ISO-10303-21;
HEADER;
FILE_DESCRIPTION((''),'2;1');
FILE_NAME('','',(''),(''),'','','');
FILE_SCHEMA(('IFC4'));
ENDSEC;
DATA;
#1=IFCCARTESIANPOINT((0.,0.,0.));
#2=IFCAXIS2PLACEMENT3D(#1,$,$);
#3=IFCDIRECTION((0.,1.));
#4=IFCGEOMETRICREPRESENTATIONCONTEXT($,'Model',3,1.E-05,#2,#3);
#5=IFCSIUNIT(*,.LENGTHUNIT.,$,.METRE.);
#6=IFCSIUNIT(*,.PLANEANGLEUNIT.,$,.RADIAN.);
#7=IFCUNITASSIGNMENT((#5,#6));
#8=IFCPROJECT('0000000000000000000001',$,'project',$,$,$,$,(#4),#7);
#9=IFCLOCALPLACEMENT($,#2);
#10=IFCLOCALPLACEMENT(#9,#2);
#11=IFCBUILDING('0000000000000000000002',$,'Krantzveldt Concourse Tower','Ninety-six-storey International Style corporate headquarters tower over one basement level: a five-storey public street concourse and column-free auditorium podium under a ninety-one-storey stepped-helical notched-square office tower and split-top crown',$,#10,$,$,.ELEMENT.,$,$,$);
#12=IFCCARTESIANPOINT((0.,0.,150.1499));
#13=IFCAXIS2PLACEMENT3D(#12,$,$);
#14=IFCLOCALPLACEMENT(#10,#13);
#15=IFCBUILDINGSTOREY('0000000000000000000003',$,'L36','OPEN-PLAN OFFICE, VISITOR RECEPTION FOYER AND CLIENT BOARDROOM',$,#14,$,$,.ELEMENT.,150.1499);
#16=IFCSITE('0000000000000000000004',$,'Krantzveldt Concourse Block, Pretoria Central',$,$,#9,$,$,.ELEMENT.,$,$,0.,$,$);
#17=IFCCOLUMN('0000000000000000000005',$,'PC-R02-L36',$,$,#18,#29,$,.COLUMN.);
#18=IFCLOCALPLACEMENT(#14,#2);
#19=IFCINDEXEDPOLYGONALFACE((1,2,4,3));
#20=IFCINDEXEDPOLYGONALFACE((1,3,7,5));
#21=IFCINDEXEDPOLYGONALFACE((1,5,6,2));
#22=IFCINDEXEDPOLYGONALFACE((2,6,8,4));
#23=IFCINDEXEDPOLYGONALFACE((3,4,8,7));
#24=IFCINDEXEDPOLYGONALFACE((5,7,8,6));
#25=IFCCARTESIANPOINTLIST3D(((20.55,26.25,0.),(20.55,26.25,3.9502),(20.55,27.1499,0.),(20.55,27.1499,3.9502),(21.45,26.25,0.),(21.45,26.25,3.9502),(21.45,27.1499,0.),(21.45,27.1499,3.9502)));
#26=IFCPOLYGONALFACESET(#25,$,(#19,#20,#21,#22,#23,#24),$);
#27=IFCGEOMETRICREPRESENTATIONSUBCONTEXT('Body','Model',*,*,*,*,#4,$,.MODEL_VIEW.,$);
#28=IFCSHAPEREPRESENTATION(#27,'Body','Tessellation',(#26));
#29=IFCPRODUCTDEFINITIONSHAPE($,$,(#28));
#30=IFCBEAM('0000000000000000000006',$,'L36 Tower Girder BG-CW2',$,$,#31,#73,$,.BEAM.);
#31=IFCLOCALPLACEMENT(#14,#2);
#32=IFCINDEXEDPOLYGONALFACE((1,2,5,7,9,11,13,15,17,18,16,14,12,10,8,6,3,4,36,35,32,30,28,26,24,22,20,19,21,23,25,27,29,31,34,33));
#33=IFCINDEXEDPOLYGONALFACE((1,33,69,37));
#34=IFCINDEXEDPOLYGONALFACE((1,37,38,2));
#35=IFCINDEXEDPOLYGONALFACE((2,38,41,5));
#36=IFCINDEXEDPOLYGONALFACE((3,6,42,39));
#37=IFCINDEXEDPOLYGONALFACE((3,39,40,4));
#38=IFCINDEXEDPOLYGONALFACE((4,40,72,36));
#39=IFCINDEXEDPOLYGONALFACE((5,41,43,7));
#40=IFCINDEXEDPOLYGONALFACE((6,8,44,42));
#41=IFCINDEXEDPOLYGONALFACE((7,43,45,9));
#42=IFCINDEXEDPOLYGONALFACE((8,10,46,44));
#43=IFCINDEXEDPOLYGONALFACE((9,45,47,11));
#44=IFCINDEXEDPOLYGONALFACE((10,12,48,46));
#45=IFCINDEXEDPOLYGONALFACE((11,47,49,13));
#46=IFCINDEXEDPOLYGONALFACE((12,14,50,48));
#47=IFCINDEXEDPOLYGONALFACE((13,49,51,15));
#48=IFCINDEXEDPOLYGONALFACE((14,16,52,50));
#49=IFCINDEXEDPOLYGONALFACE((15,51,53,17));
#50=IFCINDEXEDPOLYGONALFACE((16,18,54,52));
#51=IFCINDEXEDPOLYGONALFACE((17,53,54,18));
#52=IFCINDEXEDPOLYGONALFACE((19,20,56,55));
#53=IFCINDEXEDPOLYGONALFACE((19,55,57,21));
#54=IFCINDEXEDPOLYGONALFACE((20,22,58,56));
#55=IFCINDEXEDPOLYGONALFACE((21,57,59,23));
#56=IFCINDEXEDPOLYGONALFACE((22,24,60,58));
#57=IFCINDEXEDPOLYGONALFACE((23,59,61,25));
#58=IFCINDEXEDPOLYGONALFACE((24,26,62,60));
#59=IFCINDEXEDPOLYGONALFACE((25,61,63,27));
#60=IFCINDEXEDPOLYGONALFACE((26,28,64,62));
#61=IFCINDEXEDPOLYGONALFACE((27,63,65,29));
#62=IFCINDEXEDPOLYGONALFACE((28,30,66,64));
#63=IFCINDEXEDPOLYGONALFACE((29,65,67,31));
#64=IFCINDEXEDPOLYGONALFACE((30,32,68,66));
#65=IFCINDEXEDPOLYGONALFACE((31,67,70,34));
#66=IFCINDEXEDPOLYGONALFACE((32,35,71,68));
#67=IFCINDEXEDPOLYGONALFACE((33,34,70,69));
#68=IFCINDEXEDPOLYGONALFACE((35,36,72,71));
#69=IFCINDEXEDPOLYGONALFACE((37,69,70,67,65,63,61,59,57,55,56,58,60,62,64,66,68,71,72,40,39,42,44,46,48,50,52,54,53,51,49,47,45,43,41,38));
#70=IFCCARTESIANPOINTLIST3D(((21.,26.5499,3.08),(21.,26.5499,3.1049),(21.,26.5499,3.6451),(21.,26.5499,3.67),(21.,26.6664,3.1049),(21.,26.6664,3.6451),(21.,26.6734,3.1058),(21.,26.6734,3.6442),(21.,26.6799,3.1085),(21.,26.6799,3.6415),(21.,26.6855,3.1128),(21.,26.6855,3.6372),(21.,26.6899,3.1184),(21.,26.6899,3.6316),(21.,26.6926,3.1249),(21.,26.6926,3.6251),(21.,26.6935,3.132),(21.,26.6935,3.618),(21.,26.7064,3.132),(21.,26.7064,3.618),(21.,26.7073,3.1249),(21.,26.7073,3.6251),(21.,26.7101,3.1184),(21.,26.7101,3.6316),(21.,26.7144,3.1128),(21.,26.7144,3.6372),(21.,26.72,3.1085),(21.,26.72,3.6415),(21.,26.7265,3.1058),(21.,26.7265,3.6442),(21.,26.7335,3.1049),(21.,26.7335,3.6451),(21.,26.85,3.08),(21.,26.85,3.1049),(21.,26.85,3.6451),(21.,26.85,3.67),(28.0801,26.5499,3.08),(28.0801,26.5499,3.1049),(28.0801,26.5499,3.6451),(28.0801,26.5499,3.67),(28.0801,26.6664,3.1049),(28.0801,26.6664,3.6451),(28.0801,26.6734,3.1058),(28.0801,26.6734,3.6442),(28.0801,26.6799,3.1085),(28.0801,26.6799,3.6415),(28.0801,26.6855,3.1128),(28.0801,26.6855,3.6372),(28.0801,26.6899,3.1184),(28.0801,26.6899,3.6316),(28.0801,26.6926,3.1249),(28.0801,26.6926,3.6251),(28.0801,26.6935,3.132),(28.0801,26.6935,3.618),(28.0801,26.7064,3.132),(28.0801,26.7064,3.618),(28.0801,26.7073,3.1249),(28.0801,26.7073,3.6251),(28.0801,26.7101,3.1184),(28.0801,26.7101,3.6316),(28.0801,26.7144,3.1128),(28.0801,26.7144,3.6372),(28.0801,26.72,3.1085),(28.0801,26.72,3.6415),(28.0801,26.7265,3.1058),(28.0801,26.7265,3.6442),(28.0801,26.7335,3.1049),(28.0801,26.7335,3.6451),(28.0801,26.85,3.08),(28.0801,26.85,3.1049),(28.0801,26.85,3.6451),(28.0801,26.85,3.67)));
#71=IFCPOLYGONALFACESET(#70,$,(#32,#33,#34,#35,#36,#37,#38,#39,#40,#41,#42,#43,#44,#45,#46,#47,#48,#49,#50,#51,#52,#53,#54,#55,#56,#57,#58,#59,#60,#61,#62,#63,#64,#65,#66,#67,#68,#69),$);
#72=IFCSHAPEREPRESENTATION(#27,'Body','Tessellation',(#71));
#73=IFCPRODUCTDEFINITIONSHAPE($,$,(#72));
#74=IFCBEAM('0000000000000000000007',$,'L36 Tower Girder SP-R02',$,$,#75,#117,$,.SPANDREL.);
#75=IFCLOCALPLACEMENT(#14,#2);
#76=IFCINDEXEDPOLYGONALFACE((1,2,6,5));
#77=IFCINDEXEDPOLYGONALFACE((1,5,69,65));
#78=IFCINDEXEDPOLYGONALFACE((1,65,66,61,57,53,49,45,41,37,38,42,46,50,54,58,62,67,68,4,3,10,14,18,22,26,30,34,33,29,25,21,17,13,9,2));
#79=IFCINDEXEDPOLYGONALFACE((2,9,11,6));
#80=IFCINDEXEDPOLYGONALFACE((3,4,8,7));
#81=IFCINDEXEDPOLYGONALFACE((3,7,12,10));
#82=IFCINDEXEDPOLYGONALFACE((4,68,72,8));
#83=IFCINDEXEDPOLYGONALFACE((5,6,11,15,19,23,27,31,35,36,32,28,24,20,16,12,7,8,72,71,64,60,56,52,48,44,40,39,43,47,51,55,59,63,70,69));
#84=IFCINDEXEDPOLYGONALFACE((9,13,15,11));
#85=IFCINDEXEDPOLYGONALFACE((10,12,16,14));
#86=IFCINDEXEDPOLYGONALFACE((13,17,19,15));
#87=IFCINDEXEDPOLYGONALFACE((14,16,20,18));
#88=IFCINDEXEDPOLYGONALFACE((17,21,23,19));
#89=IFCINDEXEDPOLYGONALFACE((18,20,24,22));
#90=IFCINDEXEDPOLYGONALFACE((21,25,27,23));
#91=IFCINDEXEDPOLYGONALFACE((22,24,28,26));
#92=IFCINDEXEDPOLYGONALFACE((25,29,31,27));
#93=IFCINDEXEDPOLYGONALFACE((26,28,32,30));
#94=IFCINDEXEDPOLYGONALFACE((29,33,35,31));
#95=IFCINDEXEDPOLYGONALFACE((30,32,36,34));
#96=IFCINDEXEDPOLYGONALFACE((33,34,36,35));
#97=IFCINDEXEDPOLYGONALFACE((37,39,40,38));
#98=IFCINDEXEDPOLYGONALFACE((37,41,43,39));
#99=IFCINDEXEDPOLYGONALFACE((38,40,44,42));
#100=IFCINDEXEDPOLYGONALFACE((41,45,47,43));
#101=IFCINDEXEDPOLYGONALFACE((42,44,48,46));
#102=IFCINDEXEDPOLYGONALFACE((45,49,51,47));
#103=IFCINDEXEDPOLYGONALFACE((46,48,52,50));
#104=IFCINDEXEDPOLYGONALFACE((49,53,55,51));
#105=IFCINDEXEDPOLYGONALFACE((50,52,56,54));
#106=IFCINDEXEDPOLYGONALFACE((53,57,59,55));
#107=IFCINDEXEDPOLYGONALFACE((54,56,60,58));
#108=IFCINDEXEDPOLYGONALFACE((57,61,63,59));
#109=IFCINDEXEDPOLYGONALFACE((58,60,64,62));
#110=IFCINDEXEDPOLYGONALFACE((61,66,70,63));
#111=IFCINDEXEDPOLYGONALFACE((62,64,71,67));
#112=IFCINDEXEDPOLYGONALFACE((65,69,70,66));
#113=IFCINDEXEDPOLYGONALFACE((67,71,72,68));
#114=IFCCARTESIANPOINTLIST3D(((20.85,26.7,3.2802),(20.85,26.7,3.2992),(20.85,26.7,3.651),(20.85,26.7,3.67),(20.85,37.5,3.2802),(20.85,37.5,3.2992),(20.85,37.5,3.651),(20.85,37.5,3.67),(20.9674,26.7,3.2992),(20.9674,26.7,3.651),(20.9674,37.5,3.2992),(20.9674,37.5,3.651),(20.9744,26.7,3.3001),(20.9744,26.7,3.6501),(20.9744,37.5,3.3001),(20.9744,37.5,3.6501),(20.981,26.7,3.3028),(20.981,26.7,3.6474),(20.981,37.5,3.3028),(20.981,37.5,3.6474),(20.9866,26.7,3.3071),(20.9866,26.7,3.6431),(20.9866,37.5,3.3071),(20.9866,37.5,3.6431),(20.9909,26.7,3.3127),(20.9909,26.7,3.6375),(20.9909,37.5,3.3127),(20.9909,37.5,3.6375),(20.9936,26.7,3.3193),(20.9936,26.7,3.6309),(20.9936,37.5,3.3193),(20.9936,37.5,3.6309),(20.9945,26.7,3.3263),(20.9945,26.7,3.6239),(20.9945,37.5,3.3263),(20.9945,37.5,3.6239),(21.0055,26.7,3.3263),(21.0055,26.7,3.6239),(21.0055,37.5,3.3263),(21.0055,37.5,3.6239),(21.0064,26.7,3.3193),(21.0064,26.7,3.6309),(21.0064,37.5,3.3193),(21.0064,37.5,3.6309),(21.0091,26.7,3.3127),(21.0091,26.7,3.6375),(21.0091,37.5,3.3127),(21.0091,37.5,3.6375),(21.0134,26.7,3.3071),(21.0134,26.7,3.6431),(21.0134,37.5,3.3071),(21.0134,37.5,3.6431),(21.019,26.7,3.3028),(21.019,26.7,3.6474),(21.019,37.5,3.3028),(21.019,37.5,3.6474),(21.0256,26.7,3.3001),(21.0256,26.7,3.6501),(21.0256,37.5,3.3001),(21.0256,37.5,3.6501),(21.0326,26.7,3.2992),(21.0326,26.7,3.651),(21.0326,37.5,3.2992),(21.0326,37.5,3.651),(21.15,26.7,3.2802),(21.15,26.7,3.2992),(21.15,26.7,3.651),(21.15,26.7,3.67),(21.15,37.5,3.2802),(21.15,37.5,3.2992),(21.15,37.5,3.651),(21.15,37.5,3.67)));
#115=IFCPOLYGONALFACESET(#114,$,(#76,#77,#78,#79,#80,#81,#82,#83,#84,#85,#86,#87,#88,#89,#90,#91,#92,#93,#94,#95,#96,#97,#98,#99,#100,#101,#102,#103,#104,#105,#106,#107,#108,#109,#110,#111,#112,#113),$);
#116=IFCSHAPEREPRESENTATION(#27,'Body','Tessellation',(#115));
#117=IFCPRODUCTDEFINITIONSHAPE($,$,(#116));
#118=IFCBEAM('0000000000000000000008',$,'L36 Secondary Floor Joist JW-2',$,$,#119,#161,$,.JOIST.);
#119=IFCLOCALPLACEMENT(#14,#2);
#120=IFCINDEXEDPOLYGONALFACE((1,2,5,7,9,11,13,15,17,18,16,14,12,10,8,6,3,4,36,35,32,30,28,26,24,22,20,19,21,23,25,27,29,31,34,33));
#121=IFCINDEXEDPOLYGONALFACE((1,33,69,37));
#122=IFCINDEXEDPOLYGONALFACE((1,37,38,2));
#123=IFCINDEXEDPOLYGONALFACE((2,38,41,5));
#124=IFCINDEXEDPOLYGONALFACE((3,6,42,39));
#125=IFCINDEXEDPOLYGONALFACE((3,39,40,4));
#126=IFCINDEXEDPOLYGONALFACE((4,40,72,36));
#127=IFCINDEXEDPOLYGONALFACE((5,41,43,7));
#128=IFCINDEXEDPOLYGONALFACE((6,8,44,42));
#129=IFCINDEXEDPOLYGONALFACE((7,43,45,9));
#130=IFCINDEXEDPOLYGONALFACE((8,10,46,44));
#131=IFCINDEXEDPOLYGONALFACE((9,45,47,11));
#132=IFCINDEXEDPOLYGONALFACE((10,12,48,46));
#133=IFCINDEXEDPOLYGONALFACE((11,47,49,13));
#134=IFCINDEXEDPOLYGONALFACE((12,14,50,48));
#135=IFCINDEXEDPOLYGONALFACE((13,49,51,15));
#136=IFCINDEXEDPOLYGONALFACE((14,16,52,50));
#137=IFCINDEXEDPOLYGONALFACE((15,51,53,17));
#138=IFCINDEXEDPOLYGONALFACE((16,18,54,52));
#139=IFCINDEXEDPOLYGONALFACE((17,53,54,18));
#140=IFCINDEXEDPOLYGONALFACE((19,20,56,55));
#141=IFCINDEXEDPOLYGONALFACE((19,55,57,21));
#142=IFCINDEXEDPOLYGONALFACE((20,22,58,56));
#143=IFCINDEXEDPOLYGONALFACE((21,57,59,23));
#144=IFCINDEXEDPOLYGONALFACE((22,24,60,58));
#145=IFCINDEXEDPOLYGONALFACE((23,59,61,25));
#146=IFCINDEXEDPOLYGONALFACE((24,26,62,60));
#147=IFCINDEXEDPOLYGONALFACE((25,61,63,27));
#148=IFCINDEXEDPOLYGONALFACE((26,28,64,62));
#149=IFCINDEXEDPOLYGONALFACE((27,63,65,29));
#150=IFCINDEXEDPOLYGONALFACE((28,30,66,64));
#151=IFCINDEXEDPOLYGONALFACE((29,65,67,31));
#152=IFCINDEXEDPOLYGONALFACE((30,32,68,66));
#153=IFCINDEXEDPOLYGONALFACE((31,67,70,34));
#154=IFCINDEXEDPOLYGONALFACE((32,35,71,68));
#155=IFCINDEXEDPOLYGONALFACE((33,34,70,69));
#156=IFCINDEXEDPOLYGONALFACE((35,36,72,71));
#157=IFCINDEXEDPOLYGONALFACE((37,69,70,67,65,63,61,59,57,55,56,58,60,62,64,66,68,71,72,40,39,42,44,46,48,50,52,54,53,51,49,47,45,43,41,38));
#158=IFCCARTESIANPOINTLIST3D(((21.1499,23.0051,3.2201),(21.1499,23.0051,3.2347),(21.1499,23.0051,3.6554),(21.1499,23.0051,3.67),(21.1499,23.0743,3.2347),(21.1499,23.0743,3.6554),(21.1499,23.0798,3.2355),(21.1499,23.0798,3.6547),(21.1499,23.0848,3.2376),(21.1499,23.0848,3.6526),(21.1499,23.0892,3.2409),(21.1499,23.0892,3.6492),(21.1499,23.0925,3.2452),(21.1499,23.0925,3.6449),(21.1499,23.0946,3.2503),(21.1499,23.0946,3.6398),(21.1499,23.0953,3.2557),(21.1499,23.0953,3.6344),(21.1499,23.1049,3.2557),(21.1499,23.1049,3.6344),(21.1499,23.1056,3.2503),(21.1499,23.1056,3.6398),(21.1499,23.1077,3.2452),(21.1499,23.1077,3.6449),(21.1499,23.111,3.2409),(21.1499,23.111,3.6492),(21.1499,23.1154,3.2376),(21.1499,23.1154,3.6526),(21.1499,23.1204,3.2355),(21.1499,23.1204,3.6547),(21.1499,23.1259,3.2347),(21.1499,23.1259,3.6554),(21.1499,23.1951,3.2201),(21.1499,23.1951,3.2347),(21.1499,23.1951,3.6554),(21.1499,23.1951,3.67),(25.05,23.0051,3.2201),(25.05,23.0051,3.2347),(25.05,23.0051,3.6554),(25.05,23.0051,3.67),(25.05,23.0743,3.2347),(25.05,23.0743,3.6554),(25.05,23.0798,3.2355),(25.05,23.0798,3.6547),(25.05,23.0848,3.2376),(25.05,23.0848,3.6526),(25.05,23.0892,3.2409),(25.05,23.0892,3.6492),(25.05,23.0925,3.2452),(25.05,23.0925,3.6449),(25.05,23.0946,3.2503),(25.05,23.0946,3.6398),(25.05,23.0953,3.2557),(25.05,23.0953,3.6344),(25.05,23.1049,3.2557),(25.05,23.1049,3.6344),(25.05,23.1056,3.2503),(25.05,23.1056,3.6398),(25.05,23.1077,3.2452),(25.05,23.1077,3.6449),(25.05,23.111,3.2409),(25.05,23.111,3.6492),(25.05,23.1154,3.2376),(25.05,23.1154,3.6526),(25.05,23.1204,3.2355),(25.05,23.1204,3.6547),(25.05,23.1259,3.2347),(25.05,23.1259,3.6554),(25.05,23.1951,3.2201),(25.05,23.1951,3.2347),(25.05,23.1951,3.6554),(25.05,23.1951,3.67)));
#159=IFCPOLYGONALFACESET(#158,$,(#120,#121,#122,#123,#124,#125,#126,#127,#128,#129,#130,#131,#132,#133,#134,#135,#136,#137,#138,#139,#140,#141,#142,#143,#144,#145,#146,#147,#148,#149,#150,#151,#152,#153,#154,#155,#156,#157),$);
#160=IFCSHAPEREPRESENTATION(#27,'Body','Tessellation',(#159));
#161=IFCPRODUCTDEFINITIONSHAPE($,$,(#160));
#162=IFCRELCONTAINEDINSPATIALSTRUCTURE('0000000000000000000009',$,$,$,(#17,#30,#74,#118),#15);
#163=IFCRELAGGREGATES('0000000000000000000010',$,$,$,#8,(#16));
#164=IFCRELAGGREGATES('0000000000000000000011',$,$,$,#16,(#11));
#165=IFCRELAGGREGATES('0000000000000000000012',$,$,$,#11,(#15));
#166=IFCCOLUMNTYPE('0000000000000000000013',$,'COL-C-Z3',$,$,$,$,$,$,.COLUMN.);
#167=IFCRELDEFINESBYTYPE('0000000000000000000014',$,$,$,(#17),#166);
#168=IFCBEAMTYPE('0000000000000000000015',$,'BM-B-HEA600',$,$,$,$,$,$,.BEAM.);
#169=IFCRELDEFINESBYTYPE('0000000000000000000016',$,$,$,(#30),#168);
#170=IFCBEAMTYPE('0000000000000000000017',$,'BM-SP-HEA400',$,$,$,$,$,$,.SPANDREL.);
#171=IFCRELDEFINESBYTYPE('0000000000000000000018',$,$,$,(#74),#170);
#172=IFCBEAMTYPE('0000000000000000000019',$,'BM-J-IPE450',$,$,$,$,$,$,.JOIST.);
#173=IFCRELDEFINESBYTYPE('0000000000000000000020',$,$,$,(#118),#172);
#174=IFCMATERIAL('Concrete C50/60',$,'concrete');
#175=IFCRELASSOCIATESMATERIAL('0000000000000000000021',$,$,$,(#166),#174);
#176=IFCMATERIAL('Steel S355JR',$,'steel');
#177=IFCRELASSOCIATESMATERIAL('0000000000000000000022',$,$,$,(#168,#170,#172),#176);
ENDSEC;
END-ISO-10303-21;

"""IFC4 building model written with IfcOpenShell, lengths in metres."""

from ifc_helpers import new_model, si_unit, direction, frame, origin, origin_2d, place, context, subcontext, project, spatial, rectangle, i_section, extrude, source, transform, mapped, material, material_profile, profile_set, type_object, type_shapes, element, save


model = new_model("IFC4")

# Units and contexts
model_context = context("Model", 3, precision=1e-05, world=origin(), true_north=direction((0.0, 1.0)))
body_context = subcontext(model_context, "Body", "Model", "MODEL_VIEW")
ifc_project = project(units=[si_unit("LENGTHUNIT", "METRE"), si_unit("PLANEANGLEUNIT", "RADIAN")], contexts=[model_context])

# Site, building, storey
site_placement = place(None, origin())
site = spatial("IfcSite", under=ifc_project, at=site_placement, Name="Krantzveldt Concourse Block, Pretoria Central", CompositionType="ELEMENT", RefElevation=0.0)
building_placement = place(site_placement, origin())
building = spatial("IfcBuilding", under=site, at=building_placement, Name="Krantzveldt Concourse Tower", Description="Ninety-six-storey International Style corporate headquarters tower over one basement level: a five-storey public street concourse and column-free auditorium podium under a ninety-one-storey stepped-helical notched-square office tower and split-top crown", CompositionType="ELEMENT")
storey_placement = place(building_placement, frame((0.0, 0.0, 150.1499)))
storey = spatial("IfcBuildingStorey", under=building, at=storey_placement, Name="L36", Description="OPEN-PLAN OFFICE, VISITOR RECEPTION FOYER AND CLIENT BOARDROOM", CompositionType="ELEMENT", Elevation=150.1499)

# Column
ifc_material_1 = material(Name="Concrete C50/60", Category="concrete")
ifc_material_profile_1 = material_profile(ifc_material_1, rectangle(XDim=0.8999, YDim=0.8999, at=origin_2d()), Name="Concrete C50/60", Category="concrete")
ifc_profile_set_1 = profile_set([ifc_material_profile_1], Name="Concrete C50/60 - RC 900x900")
column_type = type_object("IfcColumnType", Name="COL-C-Z3", PredefinedType="COLUMN", material=ifc_profile_set_1)
shared_shape_1 = source(origin(), body_context, "Body", "SweptSolid", [
    extrude(rectangle(XDim=0.8999, YDim=0.8999, at=origin_2d()), origin(), (0.0, 0.0, 1.0), 3.9502),
])
type_shapes(column_type, [shared_shape_1])
column_placement = place(storey_placement, frame((21.0, 26.7, 0.0), z_axis=(0.0, 0.0, 1.0), x_axis=(1.0, 0.0, 0.0)))
element("IfcColumn", 1, at=column_placement, inside=storey, type_object=column_type, Name="PC-R02-L36", PredefinedType="COLUMN", context=body_context, shape_type="MappedRepresentation", body=[
    mapped(shared_shape_1, transform((0.0, 0.0, 0.0), x_axis=(1.0, 0.0, 0.0), y_axis=(0.0, 1.0, 0.0), z_axis=(0.0, 0.0, 1.0), scale=1.0)),
])

# Beams
ifc_material_2 = material(Name="Steel S355JR", Category="steel")
ifc_material_profile_2 = material_profile(ifc_material_2, i_section(OverallWidth=0.3, OverallDepth=0.5901, WebThickness=0.0129, FlangeThickness=0.0249, FilletRadius=0.0271, at=origin_2d()), Name="Steel S355JR", Category="steel")
ifc_profile_set_2 = profile_set([ifc_material_profile_2], Name="Steel S355JR - HEA 600")
beam_type_1 = type_object("IfcBeamType", Name="BM-B-HEA600", PredefinedType="BEAM", material=ifc_profile_set_2)
shared_shape_2 = source(origin(), body_context, "Body", "SweptSolid", [
    extrude(i_section(OverallWidth=0.3, OverallDepth=0.5901, WebThickness=0.0129, FlangeThickness=0.0249, FilletRadius=0.0271, at=origin_2d()), origin(), (0.0, 0.0, 1.0), 7.0801),
])
type_shapes(beam_type_1, [shared_shape_2])
beam_1_placement = place(storey_placement, frame((21.0, 26.7, 3.375), z_axis=(1.0, 0.0, 0.0), x_axis=(0.0, 1.0, 0.0)))
element("IfcBeam", 2, at=beam_1_placement, inside=storey, type_object=beam_type_1, Name="L36 Tower Girder BG-CW2", PredefinedType="BEAM", context=body_context, shape_type="MappedRepresentation", body=[
    mapped(shared_shape_2, transform((0.0, 0.0, 0.0), x_axis=(1.0, 0.0, 0.0), y_axis=(0.0, 1.0, 0.0), z_axis=(0.0, 0.0, 1.0), scale=1.0)),
])
ifc_material_profile_3 = material_profile(ifc_material_2, i_section(OverallWidth=0.3, OverallDepth=0.3899, WebThickness=0.011, FlangeThickness=0.019, FilletRadius=0.0271, at=origin_2d()), Name="Steel S355JR", Category="steel")
ifc_profile_set_3 = profile_set([ifc_material_profile_3], Name="Steel S355JR - HEA 400")
beam_type_2 = type_object("IfcBeamType", Name="BM-SP-HEA400", PredefinedType="SPANDREL", material=ifc_profile_set_3)
shared_shape_3 = source(origin(), body_context, "Body", "SweptSolid", [
    extrude(i_section(OverallWidth=0.3, OverallDepth=0.3899, WebThickness=0.011, FlangeThickness=0.019, FilletRadius=0.0271, at=origin_2d()), origin(), (0.0, 0.0, 1.0), 10.8),
])
type_shapes(beam_type_2, [shared_shape_3])
beam_2_placement = place(storey_placement, frame((21.0, 26.7, 3.4751), z_axis=(0.0, 1.0, 0.0), x_axis=(-1.0, 0.0, 0.0)))
element("IfcBeam", 3, at=beam_2_placement, inside=storey, type_object=beam_type_2, Name="L36 Tower Girder SP-R02", PredefinedType="SPANDREL", context=body_context, shape_type="MappedRepresentation", body=[
    mapped(shared_shape_3, transform((0.0, 0.0, 0.0), x_axis=(1.0, 0.0, 0.0), y_axis=(0.0, 1.0, 0.0), z_axis=(0.0, 0.0, 1.0), scale=1.0)),
])
ifc_material_profile_4 = material_profile(ifc_material_2, i_section(OverallWidth=0.1899, OverallDepth=0.45, WebThickness=0.0095, FlangeThickness=0.0146, FilletRadius=0.021, at=origin_2d()), Name="Steel S355JR", Category="steel")
ifc_profile_set_4 = profile_set([ifc_material_profile_4], Name="Steel S355JR - IPE 450")
beam_type_3 = type_object("IfcBeamType", Name="BM-J-IPE450", PredefinedType="JOIST", material=ifc_profile_set_4)
shared_shape_4 = source(origin(), body_context, "Body", "SweptSolid", [
    extrude(i_section(OverallWidth=0.1899, OverallDepth=0.45, WebThickness=0.0095, FlangeThickness=0.0146, FilletRadius=0.021, at=origin_2d()), origin(), (0.0, 0.0, 1.0), 3.9001),
])
type_shapes(beam_type_3, [shared_shape_4])
beam_3_placement = place(storey_placement, frame((21.1499, 23.1001, 3.4451), z_axis=(1.0, 0.0, 0.0), x_axis=(0.0, 1.0, 0.0)))
element("IfcBeam", 4, at=beam_3_placement, inside=storey, type_object=beam_type_3, Name="L36 Secondary Floor Joist JW-2", PredefinedType="JOIST", context=body_context, shape_type="MappedRepresentation", body=[
    mapped(shared_shape_4, transform((0.0, 0.0, 0.0), x_axis=(1.0, 0.0, 0.0), y_axis=(0.0, 1.0, 0.0), z_axis=(0.0, 0.0, 1.0), scale=1.0)),
])

save(model, "model.ifc")
